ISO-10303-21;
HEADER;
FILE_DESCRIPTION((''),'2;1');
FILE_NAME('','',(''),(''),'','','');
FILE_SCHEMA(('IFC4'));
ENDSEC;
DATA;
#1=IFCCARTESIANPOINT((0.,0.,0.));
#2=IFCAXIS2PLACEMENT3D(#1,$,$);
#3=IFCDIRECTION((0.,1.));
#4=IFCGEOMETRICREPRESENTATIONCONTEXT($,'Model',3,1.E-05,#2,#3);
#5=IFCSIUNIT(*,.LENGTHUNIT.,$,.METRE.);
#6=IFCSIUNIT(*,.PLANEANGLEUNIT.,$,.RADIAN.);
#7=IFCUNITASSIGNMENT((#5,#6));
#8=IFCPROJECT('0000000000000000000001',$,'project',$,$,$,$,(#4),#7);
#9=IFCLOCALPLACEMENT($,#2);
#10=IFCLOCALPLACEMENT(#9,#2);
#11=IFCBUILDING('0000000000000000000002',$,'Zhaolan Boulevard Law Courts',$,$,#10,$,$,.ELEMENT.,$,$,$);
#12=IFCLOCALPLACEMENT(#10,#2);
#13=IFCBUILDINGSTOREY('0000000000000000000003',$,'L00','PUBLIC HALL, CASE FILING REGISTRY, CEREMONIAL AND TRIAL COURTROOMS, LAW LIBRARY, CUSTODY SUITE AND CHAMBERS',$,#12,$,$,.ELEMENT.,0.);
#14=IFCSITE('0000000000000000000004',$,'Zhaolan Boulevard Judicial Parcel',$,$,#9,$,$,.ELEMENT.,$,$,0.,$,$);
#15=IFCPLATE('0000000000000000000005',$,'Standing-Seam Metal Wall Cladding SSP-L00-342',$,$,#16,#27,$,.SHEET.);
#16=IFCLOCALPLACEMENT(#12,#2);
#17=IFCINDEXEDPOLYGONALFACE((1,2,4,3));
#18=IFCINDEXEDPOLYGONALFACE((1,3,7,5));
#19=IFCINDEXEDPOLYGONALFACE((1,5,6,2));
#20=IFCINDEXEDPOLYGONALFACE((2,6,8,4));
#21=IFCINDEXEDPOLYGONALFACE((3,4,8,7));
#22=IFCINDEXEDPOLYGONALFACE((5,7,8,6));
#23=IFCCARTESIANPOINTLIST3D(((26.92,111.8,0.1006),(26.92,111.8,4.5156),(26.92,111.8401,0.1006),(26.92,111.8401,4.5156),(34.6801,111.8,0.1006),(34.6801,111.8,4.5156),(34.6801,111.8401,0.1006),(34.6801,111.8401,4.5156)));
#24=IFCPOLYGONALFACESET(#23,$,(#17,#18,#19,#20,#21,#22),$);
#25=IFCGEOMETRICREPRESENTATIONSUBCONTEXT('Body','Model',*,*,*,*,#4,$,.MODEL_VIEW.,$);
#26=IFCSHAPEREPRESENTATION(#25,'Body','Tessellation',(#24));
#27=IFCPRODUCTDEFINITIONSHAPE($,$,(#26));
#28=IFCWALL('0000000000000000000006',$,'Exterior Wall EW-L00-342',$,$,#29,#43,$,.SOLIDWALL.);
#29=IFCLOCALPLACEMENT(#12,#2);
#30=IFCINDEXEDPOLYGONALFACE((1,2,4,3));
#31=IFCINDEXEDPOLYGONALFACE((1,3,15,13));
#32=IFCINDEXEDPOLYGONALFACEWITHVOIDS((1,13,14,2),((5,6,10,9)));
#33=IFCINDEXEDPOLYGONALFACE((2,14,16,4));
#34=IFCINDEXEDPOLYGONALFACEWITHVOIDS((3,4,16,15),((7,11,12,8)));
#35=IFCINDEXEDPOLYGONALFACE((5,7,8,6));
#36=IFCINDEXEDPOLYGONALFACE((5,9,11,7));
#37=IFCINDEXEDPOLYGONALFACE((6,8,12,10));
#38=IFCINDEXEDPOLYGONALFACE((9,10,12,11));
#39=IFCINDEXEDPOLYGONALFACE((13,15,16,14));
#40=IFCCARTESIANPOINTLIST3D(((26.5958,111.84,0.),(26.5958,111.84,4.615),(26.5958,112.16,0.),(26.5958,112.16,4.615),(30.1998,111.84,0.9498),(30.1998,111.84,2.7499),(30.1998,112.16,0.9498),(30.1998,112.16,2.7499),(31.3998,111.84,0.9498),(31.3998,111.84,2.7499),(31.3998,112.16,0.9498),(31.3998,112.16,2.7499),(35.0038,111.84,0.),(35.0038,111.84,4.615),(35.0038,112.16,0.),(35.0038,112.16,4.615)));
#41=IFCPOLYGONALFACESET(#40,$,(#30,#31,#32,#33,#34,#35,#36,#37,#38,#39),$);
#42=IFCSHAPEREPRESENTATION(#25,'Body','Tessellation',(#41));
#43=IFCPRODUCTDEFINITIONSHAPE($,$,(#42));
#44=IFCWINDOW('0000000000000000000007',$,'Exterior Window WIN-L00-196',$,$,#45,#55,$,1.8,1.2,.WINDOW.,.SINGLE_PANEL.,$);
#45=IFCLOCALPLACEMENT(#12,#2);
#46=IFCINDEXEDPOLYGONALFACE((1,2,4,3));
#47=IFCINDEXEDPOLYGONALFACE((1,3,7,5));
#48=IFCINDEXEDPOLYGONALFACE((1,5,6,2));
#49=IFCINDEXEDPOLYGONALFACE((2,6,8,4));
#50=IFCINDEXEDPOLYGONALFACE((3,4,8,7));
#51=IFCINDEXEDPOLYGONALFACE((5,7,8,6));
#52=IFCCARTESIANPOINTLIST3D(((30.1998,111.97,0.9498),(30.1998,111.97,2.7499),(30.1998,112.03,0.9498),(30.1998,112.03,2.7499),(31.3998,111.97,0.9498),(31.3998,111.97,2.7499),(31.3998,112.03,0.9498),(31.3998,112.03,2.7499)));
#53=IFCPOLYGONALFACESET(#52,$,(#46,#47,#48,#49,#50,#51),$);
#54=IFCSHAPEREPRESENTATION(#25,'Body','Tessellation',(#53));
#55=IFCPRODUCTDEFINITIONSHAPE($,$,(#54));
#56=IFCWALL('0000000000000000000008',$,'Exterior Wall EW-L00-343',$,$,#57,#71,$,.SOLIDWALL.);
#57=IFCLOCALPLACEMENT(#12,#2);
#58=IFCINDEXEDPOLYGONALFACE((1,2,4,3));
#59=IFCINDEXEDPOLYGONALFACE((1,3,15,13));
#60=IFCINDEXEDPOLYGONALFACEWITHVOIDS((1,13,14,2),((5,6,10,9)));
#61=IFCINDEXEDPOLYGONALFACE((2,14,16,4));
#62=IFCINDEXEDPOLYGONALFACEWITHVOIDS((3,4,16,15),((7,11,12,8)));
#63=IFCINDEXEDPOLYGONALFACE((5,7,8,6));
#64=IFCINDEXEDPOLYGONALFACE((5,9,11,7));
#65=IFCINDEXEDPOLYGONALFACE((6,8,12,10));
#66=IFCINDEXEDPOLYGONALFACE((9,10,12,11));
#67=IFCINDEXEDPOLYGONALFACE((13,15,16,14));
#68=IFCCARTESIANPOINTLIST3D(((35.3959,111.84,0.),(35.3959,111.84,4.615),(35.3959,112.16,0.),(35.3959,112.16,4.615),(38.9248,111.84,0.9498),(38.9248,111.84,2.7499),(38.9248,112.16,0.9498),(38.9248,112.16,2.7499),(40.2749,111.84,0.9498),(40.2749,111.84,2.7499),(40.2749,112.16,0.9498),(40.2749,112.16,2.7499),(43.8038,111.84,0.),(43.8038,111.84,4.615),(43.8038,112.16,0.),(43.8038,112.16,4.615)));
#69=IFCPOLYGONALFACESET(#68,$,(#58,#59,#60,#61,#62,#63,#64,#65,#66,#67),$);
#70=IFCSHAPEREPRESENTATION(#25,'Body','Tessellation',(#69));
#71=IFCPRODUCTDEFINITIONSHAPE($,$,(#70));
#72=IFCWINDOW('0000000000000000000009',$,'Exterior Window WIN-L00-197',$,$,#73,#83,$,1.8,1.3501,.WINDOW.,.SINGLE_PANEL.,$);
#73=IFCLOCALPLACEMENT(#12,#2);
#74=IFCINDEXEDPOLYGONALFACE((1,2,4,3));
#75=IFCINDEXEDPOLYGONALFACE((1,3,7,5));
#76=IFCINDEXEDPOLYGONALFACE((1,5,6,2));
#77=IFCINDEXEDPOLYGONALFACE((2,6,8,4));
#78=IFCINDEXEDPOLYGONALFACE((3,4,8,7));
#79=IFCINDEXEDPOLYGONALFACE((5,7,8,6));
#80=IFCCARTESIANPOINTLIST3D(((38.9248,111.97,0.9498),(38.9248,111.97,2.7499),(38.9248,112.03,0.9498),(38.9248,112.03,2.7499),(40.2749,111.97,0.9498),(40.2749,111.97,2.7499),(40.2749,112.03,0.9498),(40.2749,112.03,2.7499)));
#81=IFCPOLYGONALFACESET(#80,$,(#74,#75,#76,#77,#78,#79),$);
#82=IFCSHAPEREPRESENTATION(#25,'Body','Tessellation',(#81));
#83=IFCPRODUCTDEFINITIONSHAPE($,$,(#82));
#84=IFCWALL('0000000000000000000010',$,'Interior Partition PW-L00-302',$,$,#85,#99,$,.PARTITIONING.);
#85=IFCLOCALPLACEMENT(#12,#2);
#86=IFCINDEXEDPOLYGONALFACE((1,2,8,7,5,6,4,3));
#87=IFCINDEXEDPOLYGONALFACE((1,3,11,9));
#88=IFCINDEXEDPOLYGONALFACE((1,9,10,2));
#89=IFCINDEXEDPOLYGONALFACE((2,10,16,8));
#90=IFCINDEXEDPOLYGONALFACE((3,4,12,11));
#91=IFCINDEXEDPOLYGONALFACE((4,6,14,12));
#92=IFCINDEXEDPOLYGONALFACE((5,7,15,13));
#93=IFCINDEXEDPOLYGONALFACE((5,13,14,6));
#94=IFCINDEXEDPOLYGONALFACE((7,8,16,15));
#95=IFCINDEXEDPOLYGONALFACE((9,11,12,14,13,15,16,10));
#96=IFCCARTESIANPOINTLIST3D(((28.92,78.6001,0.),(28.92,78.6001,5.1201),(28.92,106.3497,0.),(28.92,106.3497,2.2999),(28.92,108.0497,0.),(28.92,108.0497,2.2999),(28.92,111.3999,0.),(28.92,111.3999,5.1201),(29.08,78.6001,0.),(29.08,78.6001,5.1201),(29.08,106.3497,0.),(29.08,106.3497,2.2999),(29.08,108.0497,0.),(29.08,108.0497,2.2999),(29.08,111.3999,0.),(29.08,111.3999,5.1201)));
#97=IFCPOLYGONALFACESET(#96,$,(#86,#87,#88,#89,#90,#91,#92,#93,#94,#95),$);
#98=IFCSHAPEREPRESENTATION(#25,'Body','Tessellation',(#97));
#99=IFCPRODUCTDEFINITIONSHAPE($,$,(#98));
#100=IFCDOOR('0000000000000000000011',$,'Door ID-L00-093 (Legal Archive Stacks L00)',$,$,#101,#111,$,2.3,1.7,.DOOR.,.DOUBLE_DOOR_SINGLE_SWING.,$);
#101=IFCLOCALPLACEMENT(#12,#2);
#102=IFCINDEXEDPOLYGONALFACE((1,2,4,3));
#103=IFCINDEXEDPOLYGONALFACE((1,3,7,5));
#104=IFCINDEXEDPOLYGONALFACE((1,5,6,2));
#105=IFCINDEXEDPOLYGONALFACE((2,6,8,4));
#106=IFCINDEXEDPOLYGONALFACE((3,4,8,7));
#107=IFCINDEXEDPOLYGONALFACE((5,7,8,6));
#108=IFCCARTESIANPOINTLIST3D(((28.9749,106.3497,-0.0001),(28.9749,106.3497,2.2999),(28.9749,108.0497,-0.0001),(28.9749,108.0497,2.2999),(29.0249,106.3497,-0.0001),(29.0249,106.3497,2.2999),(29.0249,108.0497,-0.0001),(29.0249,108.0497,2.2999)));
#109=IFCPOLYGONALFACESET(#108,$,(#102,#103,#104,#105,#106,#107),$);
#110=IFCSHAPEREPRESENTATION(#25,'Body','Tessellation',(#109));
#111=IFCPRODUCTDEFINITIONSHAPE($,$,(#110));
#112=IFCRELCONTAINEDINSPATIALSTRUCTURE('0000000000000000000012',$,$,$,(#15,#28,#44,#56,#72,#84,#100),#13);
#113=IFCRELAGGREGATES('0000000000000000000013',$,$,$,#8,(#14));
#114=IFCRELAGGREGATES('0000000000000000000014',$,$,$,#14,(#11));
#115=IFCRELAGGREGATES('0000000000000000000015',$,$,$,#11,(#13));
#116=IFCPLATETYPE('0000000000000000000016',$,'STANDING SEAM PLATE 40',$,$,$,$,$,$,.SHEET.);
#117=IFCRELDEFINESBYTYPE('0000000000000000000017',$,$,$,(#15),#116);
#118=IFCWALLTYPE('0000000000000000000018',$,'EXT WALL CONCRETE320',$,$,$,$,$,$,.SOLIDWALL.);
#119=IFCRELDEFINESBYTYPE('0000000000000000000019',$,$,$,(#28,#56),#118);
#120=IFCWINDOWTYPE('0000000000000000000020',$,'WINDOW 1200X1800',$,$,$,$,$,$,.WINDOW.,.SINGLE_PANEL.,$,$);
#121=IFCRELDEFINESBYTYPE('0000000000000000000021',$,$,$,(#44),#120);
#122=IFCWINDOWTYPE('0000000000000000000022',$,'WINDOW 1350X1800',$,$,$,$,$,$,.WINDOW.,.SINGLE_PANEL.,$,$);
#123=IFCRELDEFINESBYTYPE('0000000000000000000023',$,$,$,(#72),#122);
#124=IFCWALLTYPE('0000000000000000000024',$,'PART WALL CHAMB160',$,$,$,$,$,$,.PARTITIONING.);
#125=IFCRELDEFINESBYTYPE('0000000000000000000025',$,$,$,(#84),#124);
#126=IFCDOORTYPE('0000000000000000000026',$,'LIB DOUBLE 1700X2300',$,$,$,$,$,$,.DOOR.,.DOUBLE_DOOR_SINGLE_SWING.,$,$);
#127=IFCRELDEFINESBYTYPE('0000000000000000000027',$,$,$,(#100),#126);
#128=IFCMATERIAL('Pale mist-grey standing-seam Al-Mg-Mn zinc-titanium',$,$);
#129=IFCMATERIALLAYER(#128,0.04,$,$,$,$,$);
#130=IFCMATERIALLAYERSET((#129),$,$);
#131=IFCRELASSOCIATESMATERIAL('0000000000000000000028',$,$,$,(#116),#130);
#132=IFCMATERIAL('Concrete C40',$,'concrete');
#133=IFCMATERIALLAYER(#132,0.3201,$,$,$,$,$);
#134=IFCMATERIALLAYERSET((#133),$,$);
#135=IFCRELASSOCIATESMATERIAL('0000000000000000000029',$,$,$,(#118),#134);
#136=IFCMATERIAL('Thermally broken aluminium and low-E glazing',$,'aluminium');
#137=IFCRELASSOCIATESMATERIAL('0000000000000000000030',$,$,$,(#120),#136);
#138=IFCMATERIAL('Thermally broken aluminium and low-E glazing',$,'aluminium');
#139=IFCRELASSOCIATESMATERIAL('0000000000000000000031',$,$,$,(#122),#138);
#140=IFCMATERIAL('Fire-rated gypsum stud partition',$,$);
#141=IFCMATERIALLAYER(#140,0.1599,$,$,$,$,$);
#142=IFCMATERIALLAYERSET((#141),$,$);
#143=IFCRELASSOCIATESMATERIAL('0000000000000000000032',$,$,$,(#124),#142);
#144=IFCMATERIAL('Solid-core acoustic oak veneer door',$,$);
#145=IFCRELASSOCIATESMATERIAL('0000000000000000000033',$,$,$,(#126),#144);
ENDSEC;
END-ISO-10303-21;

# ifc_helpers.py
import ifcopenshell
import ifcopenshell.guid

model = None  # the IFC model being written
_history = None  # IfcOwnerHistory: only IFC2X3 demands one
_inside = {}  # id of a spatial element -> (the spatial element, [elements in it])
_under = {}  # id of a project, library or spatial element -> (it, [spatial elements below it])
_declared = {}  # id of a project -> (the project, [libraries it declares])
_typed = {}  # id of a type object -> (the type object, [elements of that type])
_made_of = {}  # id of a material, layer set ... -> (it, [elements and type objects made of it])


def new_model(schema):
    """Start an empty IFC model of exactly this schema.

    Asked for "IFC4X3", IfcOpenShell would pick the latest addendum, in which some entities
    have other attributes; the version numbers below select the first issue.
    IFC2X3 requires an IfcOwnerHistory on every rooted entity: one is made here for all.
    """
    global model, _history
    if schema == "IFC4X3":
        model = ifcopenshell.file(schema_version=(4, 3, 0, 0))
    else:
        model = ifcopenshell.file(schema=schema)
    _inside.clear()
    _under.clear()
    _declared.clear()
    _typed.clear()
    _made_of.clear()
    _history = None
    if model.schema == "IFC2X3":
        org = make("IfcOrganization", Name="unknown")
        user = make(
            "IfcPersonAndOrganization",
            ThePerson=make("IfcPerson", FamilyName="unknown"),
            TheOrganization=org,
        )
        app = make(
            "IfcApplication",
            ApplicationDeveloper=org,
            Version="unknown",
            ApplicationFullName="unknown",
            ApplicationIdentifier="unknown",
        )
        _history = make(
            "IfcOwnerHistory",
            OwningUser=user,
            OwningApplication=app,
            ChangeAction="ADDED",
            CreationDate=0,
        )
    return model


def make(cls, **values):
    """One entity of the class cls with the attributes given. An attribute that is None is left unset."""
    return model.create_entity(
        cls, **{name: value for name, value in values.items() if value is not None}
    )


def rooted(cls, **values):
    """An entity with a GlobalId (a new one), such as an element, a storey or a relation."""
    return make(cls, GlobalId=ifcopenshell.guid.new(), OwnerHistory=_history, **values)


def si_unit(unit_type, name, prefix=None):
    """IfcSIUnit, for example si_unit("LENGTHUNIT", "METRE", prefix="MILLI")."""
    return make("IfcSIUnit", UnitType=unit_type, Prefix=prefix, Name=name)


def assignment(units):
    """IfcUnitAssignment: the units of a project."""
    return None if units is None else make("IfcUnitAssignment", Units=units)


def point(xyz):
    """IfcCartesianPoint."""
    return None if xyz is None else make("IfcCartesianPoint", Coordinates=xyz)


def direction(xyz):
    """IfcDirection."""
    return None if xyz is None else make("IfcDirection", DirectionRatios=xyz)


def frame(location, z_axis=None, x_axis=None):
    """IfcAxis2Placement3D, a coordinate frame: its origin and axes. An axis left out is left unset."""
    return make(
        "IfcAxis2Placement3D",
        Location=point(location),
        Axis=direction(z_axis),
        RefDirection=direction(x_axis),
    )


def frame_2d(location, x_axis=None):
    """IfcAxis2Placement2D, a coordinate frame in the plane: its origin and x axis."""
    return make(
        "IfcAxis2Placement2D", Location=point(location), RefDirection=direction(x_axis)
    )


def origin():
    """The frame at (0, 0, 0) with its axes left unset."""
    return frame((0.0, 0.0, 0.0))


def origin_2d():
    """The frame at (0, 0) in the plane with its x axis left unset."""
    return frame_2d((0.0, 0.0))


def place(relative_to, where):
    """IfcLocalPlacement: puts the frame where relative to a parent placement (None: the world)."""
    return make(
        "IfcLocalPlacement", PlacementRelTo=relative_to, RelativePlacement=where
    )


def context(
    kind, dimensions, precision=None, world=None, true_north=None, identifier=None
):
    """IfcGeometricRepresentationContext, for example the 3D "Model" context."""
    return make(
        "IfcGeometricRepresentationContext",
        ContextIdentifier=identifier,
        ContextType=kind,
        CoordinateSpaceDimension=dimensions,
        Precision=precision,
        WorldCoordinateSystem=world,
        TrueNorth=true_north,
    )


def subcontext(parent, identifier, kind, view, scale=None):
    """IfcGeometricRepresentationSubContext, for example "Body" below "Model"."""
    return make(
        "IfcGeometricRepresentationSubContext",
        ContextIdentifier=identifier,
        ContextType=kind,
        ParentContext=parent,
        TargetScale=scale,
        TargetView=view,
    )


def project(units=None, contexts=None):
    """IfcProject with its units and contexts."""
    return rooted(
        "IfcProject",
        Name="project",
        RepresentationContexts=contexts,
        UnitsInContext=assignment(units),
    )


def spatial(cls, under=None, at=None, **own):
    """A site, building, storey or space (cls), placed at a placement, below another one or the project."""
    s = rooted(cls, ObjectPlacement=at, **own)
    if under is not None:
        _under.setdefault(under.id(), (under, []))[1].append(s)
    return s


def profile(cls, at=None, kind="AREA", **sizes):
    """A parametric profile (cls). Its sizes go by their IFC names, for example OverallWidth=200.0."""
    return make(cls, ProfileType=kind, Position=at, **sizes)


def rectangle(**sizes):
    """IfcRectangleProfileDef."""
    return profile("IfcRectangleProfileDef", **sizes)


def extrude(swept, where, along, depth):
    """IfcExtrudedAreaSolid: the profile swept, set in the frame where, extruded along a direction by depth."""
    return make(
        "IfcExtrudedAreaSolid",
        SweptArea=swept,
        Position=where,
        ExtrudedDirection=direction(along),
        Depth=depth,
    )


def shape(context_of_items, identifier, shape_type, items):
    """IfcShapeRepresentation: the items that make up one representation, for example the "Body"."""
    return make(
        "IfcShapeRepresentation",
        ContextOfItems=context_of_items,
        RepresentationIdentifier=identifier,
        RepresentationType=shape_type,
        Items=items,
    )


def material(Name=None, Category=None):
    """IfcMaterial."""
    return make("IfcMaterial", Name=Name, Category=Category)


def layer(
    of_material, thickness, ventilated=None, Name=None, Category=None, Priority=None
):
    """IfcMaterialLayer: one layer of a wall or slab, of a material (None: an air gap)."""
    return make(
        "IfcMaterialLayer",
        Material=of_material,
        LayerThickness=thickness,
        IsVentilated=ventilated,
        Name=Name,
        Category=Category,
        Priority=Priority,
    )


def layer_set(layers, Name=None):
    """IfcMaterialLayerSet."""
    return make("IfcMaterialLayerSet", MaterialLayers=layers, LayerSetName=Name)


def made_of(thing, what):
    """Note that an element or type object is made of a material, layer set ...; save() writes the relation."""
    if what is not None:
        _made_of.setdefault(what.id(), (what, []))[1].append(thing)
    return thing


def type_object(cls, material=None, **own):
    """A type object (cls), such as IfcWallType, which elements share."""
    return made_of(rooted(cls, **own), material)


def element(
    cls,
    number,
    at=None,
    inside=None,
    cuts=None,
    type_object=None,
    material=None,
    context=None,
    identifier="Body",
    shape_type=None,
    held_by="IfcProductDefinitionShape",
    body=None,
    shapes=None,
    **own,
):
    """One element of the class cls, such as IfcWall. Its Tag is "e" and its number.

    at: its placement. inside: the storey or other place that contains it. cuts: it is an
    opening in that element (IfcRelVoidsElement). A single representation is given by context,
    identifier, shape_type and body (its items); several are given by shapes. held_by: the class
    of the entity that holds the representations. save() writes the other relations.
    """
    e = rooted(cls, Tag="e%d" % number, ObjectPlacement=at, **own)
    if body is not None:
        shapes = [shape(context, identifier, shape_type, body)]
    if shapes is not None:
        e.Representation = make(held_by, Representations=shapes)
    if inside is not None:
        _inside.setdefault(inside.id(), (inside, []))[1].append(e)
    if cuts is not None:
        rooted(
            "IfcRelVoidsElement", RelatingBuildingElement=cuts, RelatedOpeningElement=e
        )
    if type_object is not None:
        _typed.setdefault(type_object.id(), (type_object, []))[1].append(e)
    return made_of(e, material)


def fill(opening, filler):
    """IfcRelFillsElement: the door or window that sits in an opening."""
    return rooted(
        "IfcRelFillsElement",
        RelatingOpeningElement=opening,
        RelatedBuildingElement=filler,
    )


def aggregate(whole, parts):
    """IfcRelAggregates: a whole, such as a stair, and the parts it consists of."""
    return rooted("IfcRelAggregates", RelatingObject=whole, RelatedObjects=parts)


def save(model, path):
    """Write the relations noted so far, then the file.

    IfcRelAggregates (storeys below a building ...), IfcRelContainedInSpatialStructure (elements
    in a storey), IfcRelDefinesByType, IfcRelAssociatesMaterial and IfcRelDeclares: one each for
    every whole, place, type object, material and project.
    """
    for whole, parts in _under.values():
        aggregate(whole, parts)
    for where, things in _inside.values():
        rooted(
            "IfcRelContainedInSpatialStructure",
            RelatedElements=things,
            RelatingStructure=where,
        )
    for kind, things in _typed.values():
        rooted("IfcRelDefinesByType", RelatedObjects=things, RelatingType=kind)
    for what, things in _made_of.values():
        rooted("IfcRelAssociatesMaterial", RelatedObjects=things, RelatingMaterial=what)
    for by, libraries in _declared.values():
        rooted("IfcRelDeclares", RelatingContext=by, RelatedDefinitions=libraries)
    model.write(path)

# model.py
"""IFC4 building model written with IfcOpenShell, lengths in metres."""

from ifc_helpers import new_model, si_unit, direction, frame, frame_2d, origin, origin_2d, place, context, subcontext, project, spatial, rectangle, extrude, material, layer, layer_set, type_object, element, fill, save


model = new_model("IFC4")

# Units and contexts
model_context = context("Model", 3, precision=1e-05, world=origin(), true_north=direction((0.0, 1.0)))
body_context = subcontext(model_context, "Body", "Model", "MODEL_VIEW")
ifc_project = project(units=[si_unit("LENGTHUNIT", "METRE"), si_unit("PLANEANGLEUNIT", "RADIAN")], contexts=[model_context])

# Site, building, storey
site_placement = place(None, origin())
site = spatial("IfcSite", under=ifc_project, at=site_placement, Name="Zhaolan Boulevard Judicial Parcel", CompositionType="ELEMENT", RefElevation=0.0)
building_placement = place(site_placement, origin())
building = spatial("IfcBuilding", under=site, at=building_placement, Name="Zhaolan Boulevard Law Courts", CompositionType="ELEMENT")
storey_placement = place(building_placement, origin())
storey = spatial("IfcBuildingStorey", under=building, at=storey_placement, Name="L00", Description="PUBLIC HALL, CASE FILING REGISTRY, CEREMONIAL AND TRIAL COURTROOMS, LAW LIBRARY, CUSTODY SUITE AND CHAMBERS", CompositionType="ELEMENT", Elevation=0.0)

# Plate
ifc_material_1 = material(Name="Pale mist-grey standing-seam Al-Mg-Mn zinc-titanium")
ifc_layer_1 = layer(ifc_material_1, 0.04)
ifc_layer_set_1 = layer_set([ifc_layer_1])
plate_type_1 = type_object("IfcPlateType", Name="STANDING SEAM PLATE 40", PredefinedType="SHEET", material=ifc_layer_set_1)
plate_1_placement = place(storey_placement, frame((30.8, 111.8201, 0.1006), z_axis=(0.0, 0.0, 1.0), x_axis=(-1.0, 0.0, 0.0)))
element("IfcPlate", 1, at=plate_1_placement, inside=storey, type_object=plate_type_1, Name="Standing-Seam Metal Wall Cladding SSP-L00-342", PredefinedType="SHEET", context=body_context, shape_type="SweptSolid", body=[
    extrude(rectangle(XDim=7.76, YDim=0.04, at=origin_2d()), origin(), (0.0, 0.0, 1.0), 4.415),
])

# Walls, openings, windows
ifc_material_2 = material(Name="Concrete C40", Category="concrete")
ifc_layer_2 = layer(ifc_material_2, 0.3201)
ifc_layer_set_2 = layer_set([ifc_layer_2])
wall_type_1 = type_object("IfcWallType", Name="EXT WALL CONCRETE320", PredefinedType="SOLIDWALL", material=ifc_layer_set_2)
wall_1_placement = place(storey_placement, frame((35.0039, 112.0, 0.0), z_axis=(0.0, 0.0, 1.0), x_axis=(-1.0, 0.0, 0.0)))
wall_1 = element("IfcWall", 2, at=wall_1_placement, inside=storey, type_object=wall_type_1, Name="Exterior Wall EW-L00-342", PredefinedType="SOLIDWALL", context=body_context, shape_type="SweptSolid", body=[
    extrude(rectangle(XDim=8.408, YDim=0.3201, at=frame_2d((4.2041, 0.0))), origin(), (0.0, 0.0, 1.0), 4.615),
])
opening_1_placement = place(wall_1_placement, frame((3.604, 0.0, 0.95)))
opening_1 = element("IfcOpeningElement", 3, at=opening_1_placement, cuts=wall_1, PredefinedType="OPENING", context=body_context, shape_type="SweptSolid", body=[
    extrude(rectangle(XDim=1.2, YDim=1.8, at=frame_2d((0.6001, 0.8999))), frame((0.0, 0.1699, 0.0), z_axis=(0.0, -1.0, 0.0), x_axis=(1.0, 0.0, 0.0)), (0.0, 0.0, 1.0), 0.3401),
])
ifc_material_3 = material(Name="Thermally broken aluminium and low-E glazing", Category="aluminium")
window_type_1 = type_object("IfcWindowType", Name="WINDOW 1200X1800", PartitioningType="SINGLE_PANEL", PredefinedType="WINDOW", material=ifc_material_3)
window_1_placement = place(opening_1_placement, origin())
window_1 = element("IfcWindow", 4, at=window_1_placement, inside=storey, type_object=window_type_1, Name="Exterior Window WIN-L00-196", OverallHeight=1.8, OverallWidth=1.2, PartitioningType="SINGLE_PANEL", PredefinedType="WINDOW", context=body_context, shape_type="SweptSolid", body=[
    extrude(rectangle(XDim=1.2, YDim=1.8, at=frame_2d((0.6001, 0.8999))), frame((0.0, 0.03, 0.0), z_axis=(0.0, -1.0, 0.0), x_axis=(1.0, 0.0, 0.0)), (0.0, 0.0, 1.0), 0.0601),
])
fill(opening_1, window_1)
wall_2_placement = place(storey_placement, frame((43.804, 112.0, 0.0), z_axis=(0.0, 0.0, 1.0), x_axis=(-1.0, 0.0, 0.0)))
wall_2 = element("IfcWall", 5, at=wall_2_placement, inside=storey, type_object=wall_type_1, Name="Exterior Wall EW-L00-343", PredefinedType="SOLIDWALL", context=body_context, shape_type="SweptSolid", body=[
    extrude(rectangle(XDim=8.408, YDim=0.3201, at=frame_2d((4.2041, 0.0))), origin(), (0.0, 0.0, 1.0), 4.615),
])
opening_2_placement = place(wall_2_placement, frame((3.5291, 0.0, 0.95)))
opening_2 = element("IfcOpeningElement", 6, at=opening_2_placement, cuts=wall_2, PredefinedType="OPENING", context=body_context, shape_type="SweptSolid", body=[
    extrude(rectangle(XDim=1.3501, YDim=1.8, at=frame_2d((0.675, 0.8999))), frame((0.0, 0.1699, 0.0), z_axis=(0.0, -1.0, 0.0), x_axis=(1.0, 0.0, 0.0)), (0.0, 0.0, 1.0), 0.3401),
])
ifc_material_4 = material(Name="Thermally broken aluminium and low-E glazing", Category="aluminium")
window_type_2 = type_object("IfcWindowType", Name="WINDOW 1350X1800", PartitioningType="SINGLE_PANEL", PredefinedType="WINDOW", material=ifc_material_4)
window_2_placement = place(opening_2_placement, origin())
window_2 = element("IfcWindow", 7, at=window_2_placement, inside=storey, type_object=window_type_2, Name="Exterior Window WIN-L00-197", OverallHeight=1.8, OverallWidth=1.3501, PartitioningType="SINGLE_PANEL", PredefinedType="WINDOW", context=body_context, shape_type="SweptSolid", body=[
    extrude(rectangle(XDim=1.3501, YDim=1.8, at=frame_2d((0.675, 0.8999))), frame((0.0, 0.03, 0.0), z_axis=(0.0, -1.0, 0.0), x_axis=(1.0, 0.0, 0.0)), (0.0, 0.0, 1.0), 0.0601),
])
fill(opening_2, window_2)

# Wall, opening, door
ifc_material_5 = material(Name="Fire-rated gypsum stud partition")
ifc_layer_3 = layer(ifc_material_5, 0.1599)
ifc_layer_set_3 = layer_set([ifc_layer_3])
wall_type_2 = type_object("IfcWallType", Name="PART WALL CHAMB160", PredefinedType="PARTITIONING", material=ifc_layer_set_3)
wall_3_placement = place(storey_placement, frame((29.0, 111.3999, 0.0), z_axis=(0.0, 0.0, 1.0), x_axis=(0.0, -1.0, 0.0)))
wall_3 = element("IfcWall", 8, at=wall_3_placement, inside=storey, type_object=wall_type_2, Name="Interior Partition PW-L00-302", PredefinedType="PARTITIONING", context=body_context, shape_type="SweptSolid", body=[
    extrude(rectangle(XDim=32.7998, YDim=0.1599, at=frame_2d((16.3999, 0.0))), origin(), (0.0, 0.0, 1.0), 5.1201),
])
opening_3_placement = place(wall_3_placement, frame((3.3501, 0.0, 0.0)))
opening_3 = element("IfcOpeningElement", 9, at=opening_3_placement, cuts=wall_3, PredefinedType="OPENING", context=body_context, shape_type="SweptSolid", body=[
    extrude(rectangle(XDim=1.7, YDim=2.3, at=frame_2d((0.8501, 1.1499))), frame((0.0, 0.0898, 0.0), z_axis=(0.0, -1.0, 0.0), x_axis=(1.0, 0.0, 0.0)), (0.0, 0.0, 1.0), 0.1799),
])
ifc_material_6 = material(Name="Solid-core acoustic oak veneer door")
door_type = type_object("IfcDoorType", Name="LIB DOUBLE 1700X2300", OperationType="DOUBLE_DOOR_SINGLE_SWING", PredefinedType="DOOR", material=ifc_material_6)
door_placement = place(opening_3_placement, origin())
door = element("IfcDoor", 10, at=door_placement, inside=storey, type_object=door_type, Name="Door ID-L00-093 (Legal Archive Stacks L00)", OperationType="DOUBLE_DOOR_SINGLE_SWING", OverallHeight=2.3, OverallWidth=1.7, PredefinedType="DOOR", context=body_context, shape_type="SweptSolid", body=[
    extrude(rectangle(XDim=1.7, YDim=2.3, at=frame_2d((0.8501, 1.1499))), frame((0.0, 0.0249, 0.0), z_axis=(0.0, -1.0, 0.0), x_axis=(1.0, 0.0, 0.0)), (0.0, 0.0, 1.0), 0.05),
])
fill(opening_3, door)

save(model, "model.ifc")
